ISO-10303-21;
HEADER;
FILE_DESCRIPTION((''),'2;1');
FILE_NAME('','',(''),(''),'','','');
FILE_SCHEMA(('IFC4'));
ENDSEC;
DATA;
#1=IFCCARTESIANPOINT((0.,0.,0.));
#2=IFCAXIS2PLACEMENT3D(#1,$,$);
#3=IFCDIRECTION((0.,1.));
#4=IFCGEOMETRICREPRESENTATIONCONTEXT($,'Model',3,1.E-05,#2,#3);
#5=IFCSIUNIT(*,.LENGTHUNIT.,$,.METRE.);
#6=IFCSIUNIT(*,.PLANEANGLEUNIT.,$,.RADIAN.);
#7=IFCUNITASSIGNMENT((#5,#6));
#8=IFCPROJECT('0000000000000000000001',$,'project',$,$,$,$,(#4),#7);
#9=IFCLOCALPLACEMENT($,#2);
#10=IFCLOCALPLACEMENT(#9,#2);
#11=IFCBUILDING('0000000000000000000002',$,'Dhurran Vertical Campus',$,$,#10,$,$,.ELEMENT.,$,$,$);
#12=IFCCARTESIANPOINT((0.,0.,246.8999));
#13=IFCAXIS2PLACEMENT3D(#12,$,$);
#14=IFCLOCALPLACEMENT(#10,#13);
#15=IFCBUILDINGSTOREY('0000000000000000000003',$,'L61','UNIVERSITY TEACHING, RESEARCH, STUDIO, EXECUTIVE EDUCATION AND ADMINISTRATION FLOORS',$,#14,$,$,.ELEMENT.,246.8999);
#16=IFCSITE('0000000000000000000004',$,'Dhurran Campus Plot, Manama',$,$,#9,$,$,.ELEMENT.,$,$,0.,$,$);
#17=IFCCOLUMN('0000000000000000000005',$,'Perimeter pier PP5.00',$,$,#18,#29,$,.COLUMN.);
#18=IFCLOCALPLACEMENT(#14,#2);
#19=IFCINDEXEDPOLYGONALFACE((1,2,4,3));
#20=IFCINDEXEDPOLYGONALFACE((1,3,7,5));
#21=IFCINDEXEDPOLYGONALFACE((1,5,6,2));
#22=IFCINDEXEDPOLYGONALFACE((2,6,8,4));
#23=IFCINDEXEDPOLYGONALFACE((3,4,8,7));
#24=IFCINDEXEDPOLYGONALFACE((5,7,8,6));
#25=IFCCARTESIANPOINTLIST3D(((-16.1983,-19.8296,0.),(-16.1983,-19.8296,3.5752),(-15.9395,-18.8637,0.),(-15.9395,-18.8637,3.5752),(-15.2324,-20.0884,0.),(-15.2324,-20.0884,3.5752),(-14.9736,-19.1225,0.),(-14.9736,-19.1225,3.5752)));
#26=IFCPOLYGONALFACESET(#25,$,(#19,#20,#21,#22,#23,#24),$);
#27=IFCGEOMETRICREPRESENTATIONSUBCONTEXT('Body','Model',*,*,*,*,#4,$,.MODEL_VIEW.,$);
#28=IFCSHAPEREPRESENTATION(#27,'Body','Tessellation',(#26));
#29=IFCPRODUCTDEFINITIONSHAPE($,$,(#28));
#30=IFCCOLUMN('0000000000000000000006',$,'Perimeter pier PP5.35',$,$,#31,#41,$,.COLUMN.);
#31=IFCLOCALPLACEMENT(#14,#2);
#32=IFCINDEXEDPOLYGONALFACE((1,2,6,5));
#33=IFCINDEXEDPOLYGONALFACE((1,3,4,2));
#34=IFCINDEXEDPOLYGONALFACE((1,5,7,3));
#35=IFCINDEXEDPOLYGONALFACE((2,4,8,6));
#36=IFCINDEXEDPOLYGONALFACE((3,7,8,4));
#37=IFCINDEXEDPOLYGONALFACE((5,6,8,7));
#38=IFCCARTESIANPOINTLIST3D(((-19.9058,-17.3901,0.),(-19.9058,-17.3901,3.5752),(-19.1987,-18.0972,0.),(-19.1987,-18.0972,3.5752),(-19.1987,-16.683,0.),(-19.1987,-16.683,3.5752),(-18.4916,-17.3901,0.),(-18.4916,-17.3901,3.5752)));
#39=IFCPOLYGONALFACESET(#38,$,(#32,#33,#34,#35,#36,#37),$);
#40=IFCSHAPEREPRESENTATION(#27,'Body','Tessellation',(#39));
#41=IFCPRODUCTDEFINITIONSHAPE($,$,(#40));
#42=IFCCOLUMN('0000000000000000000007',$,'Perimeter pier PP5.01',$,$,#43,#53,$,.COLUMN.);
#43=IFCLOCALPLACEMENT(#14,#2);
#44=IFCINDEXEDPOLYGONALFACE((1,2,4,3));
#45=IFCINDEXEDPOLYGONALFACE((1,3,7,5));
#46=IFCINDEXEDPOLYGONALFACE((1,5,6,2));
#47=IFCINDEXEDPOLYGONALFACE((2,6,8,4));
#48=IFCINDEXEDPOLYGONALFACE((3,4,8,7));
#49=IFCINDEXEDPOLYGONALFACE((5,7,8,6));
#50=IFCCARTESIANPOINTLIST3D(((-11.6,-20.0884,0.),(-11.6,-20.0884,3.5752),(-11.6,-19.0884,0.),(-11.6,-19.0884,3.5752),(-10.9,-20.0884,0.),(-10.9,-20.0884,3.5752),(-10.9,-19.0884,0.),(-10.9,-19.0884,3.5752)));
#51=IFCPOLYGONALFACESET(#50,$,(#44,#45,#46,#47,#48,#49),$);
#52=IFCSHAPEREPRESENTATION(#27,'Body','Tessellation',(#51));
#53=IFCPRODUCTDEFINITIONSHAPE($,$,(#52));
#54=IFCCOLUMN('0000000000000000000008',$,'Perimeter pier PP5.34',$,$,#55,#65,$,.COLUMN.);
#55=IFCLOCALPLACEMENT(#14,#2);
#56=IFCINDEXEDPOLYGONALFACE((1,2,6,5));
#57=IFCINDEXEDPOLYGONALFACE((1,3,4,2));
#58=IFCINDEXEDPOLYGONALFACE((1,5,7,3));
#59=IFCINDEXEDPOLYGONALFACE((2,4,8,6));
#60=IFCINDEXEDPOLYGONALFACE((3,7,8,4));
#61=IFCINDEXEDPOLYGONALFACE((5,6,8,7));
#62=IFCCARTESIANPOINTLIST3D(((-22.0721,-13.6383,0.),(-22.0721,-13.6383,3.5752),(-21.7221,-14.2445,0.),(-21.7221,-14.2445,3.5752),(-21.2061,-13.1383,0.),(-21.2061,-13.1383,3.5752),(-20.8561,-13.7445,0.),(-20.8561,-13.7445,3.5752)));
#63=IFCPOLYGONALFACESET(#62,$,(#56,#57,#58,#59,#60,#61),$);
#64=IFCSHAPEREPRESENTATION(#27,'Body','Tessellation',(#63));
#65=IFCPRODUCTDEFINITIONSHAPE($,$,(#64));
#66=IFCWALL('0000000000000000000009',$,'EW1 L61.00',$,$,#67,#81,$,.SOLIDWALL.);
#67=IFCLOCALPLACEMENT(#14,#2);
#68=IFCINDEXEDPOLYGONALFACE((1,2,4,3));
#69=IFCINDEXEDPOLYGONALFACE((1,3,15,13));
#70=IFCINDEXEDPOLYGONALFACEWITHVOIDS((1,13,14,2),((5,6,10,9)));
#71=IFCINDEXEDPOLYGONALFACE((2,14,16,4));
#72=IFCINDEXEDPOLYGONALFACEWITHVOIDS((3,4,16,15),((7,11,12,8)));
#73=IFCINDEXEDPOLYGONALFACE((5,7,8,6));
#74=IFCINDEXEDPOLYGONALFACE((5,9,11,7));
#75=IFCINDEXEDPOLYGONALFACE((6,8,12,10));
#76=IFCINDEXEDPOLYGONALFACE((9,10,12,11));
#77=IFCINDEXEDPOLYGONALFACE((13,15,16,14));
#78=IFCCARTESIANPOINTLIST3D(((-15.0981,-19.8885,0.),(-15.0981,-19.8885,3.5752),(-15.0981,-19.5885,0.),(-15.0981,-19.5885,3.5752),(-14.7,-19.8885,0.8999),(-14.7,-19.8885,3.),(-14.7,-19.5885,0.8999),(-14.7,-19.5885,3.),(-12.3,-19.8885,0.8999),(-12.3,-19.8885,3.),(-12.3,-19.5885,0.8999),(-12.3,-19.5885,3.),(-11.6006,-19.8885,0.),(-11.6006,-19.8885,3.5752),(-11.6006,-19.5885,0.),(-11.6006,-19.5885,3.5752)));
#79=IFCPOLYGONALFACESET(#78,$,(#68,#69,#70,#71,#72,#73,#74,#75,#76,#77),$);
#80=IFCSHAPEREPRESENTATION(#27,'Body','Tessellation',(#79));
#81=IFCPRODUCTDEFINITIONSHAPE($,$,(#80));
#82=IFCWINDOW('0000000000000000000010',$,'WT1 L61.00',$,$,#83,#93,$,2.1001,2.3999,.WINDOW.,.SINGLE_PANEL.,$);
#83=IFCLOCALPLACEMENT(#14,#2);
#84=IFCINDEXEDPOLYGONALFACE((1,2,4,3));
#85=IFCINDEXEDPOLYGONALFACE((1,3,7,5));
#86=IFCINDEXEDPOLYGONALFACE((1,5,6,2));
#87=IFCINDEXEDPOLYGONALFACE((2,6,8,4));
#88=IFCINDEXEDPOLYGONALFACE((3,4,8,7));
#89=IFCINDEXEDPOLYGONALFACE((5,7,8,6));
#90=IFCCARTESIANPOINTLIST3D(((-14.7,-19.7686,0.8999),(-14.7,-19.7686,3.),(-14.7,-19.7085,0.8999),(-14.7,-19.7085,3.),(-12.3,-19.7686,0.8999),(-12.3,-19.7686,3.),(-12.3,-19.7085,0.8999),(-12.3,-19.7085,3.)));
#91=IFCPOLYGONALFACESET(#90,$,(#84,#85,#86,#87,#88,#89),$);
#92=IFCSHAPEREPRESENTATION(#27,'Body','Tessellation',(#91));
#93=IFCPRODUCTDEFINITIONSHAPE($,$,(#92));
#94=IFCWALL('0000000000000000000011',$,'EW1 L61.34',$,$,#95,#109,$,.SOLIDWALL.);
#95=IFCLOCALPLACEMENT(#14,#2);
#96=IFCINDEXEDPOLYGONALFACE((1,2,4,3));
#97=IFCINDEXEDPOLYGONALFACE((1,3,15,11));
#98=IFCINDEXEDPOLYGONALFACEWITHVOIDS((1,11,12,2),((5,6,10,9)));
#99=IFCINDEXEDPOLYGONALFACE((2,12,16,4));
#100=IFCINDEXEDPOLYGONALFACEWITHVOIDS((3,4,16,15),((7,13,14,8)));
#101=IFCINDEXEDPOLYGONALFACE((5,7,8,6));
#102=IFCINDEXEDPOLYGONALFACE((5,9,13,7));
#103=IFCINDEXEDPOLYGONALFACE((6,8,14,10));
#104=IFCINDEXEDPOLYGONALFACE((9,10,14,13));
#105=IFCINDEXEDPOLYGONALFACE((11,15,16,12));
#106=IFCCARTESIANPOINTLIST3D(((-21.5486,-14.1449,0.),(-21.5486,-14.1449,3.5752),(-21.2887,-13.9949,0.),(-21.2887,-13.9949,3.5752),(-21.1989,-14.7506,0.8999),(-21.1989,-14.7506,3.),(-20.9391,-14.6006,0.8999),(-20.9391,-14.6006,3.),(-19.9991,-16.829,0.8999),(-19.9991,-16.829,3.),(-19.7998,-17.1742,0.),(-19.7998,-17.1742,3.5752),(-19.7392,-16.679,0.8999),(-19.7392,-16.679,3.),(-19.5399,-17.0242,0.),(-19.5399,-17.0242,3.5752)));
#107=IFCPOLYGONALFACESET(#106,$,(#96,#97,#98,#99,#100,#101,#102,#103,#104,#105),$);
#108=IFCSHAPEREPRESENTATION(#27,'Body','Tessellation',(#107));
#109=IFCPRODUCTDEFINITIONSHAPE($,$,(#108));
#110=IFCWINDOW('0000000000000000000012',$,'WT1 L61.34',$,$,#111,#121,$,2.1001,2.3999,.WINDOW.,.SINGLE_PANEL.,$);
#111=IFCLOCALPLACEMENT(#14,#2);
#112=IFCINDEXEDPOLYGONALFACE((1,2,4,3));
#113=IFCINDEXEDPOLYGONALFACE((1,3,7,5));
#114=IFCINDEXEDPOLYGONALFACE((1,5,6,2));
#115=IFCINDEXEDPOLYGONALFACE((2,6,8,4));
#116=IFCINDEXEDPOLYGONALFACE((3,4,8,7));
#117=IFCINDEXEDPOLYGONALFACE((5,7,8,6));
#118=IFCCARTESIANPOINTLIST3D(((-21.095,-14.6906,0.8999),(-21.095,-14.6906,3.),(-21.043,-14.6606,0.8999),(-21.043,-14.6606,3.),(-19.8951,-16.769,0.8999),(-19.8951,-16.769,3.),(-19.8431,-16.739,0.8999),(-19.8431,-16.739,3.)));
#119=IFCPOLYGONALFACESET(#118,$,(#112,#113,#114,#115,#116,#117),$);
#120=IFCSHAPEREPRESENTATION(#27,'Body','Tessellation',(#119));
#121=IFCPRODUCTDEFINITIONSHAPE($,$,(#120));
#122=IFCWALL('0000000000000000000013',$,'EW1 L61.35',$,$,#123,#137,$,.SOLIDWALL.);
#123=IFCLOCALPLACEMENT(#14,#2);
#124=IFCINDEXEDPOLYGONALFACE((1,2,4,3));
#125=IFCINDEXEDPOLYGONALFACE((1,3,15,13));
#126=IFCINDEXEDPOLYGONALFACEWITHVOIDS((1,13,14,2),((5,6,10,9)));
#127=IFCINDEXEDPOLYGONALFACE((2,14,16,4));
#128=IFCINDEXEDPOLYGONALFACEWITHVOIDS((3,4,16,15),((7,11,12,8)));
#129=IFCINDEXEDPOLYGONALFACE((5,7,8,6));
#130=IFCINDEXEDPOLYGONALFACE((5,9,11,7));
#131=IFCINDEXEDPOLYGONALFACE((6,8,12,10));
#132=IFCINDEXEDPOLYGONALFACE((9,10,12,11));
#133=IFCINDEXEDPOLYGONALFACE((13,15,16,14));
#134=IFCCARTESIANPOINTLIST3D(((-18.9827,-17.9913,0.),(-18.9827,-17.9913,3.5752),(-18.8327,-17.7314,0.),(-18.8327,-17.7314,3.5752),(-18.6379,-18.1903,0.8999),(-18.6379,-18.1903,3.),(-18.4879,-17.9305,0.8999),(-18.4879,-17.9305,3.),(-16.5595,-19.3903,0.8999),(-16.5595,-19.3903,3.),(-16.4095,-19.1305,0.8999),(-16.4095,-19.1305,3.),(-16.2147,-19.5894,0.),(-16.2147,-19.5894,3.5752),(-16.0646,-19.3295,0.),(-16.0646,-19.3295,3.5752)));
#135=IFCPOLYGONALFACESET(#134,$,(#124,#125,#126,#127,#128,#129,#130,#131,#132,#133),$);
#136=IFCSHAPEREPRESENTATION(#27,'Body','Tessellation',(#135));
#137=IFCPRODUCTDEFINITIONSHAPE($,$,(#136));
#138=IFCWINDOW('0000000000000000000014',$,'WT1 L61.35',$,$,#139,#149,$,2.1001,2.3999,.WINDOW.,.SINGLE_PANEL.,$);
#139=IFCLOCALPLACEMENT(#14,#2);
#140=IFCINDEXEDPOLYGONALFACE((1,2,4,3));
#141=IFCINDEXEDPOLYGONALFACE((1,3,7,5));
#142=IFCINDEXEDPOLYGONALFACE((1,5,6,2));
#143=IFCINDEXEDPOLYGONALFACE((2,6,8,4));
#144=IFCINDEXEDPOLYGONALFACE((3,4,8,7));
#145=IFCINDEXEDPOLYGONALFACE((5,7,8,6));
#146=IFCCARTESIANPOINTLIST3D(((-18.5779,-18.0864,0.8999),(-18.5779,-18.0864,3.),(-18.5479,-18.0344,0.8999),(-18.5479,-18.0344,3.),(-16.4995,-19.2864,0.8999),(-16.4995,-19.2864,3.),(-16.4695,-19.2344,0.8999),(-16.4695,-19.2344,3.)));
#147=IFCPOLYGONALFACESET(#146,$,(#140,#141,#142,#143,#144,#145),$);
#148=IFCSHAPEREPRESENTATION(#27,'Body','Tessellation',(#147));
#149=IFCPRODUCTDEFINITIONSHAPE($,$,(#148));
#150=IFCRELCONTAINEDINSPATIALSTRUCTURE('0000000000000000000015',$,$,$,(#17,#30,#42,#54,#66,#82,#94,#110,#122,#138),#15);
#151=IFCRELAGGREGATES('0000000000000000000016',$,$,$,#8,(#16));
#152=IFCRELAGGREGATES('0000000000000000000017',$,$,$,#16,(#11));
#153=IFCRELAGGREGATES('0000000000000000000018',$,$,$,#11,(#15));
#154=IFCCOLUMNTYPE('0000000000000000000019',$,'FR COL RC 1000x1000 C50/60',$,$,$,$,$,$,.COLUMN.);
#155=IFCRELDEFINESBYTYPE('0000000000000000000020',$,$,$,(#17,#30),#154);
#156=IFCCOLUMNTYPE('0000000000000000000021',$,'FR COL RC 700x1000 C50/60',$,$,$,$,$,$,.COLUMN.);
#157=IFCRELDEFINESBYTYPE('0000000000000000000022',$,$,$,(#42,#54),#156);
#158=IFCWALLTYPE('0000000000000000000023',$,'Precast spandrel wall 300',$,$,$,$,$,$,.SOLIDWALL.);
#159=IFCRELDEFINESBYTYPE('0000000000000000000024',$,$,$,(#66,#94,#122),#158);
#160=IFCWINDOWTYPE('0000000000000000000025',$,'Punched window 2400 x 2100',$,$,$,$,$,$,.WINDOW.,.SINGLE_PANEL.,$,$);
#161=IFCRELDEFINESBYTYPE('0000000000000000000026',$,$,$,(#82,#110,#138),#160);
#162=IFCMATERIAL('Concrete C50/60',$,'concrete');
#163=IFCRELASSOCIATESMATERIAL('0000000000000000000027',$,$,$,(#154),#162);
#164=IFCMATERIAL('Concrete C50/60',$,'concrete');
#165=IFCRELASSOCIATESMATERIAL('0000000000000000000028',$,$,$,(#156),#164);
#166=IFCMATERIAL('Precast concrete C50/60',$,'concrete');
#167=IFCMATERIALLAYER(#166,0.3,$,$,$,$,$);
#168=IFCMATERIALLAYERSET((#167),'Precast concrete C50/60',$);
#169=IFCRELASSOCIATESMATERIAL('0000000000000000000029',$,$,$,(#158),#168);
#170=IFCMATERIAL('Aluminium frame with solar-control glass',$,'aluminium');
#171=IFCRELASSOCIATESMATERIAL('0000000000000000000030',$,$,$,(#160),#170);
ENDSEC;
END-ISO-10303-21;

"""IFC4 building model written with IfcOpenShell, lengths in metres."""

from ifc_helpers import new_model, si_unit, direction, frame, frame_2d, origin, origin_2d, place, context, subcontext, project, spatial, rectangle, extrude, material, layer, layer_set, material_profile, profile_set, type_object, element, fill, save


model = new_model("IFC4")

# Units and contexts
model_context = context("Model", 3, precision=1e-05, world=origin(), true_north=direction((0.0, 1.0)))
body_context = subcontext(model_context, "Body", "Model", "MODEL_VIEW")
ifc_project = project(units=[si_unit("LENGTHUNIT", "METRE"), si_unit("PLANEANGLEUNIT", "RADIAN")], contexts=[model_context])

# Site, building, storey
site_placement = place(None, origin())
site = spatial("IfcSite", under=ifc_project, at=site_placement, Name="Dhurran Campus Plot, Manama", CompositionType="ELEMENT", RefElevation=0.0)
building_placement = place(site_placement, origin())
building = spatial("IfcBuilding", under=site, at=building_placement, Name="Dhurran Vertical Campus", CompositionType="ELEMENT")
storey_placement = place(building_placement, frame((0.0, 0.0, 246.8999)))
storey = spatial("IfcBuildingStorey", under=building, at=storey_placement, Name="L61", Description="UNIVERSITY TEACHING, RESEARCH, STUDIO, EXECUTIVE EDUCATION AND ADMINISTRATION FLOORS", CompositionType="ELEMENT", Elevation=246.8999)

# Columns
ifc_material_1 = material(Name="Concrete C50/60", Category="concrete")
ifc_material_profile_1 = material_profile(ifc_material_1, rectangle(XDim=1.0, YDim=1.0, at=origin_2d()), Name="RC 1000x1000")
ifc_profile_set_1 = profile_set([ifc_material_profile_1], Name="Concrete C50/60")
column_type_1 = type_object("IfcColumnType", Name="FR COL RC 1000x1000 C50/60", PredefinedType="COLUMN", material=ifc_profile_set_1)
for number, where, z_axis, x_axis, name in (
    (1, (-15.5859, -19.4761, 0.0), (0.0, 0.0, 1.0), (0.965926, -0.258819, 0.0), "Perimeter pier PP5.00"),
    (2, (-19.1987, -17.3901, 0.0), (0.0, 0.0, 1.0), (0.707107, -0.707107, 0.0), "Perimeter pier PP5.35"),
):
    element("IfcColumn", number, at=place(storey_placement, frame(where, z_axis=z_axis, x_axis=x_axis)), inside=storey, type_object=column_type_1, Name=name, PredefinedType="COLUMN", context=body_context, shape_type="SweptSolid", body=[
        extrude(rectangle(XDim=1.0, YDim=1.0, at=origin_2d()), origin(), (0.0, 0.0, 1.0), 3.5752),
    ])
ifc_material_2 = material(Name="Concrete C50/60", Category="concrete")
ifc_material_profile_2 = material_profile(ifc_material_2, rectangle(XDim=0.7, YDim=1.0, at=origin_2d()), Name="RC 700x1000")
ifc_profile_set_2 = profile_set([ifc_material_profile_2], Name="Concrete C50/60")
column_type_2 = type_object("IfcColumnType", Name="FR COL RC 700x1000 C50/60", PredefinedType="COLUMN", material=ifc_profile_set_2)
for number, where, z_axis, x_axis, name in (
    (3, (-11.25, -19.5884, 0.0), (0.0, 0.0, 1.0), (1.0, 0.0, 0.0), "Perimeter pier PP5.01"),
    (4, (-21.4641, -13.6914, 0.0), (0.0, 0.0, 1.0), (0.5, -0.866025, 0.0), "Perimeter pier PP5.34"),
):
    element("IfcColumn", number, at=place(storey_placement, frame(where, z_axis=z_axis, x_axis=x_axis)), inside=storey, type_object=column_type_2, Name=name, PredefinedType="COLUMN", context=body_context, shape_type="SweptSolid", body=[
        extrude(rectangle(XDim=0.7, YDim=1.0, at=origin_2d()), origin(), (0.0, 0.0, 1.0), 3.5752),
    ])

# Walls, openings, windows
ifc_material_3 = material(Name="Precast concrete C50/60", Category="concrete")
ifc_layer_1 = layer(ifc_material_3, 0.3)
ifc_layer_set_1 = layer_set([ifc_layer_1], Name="Precast concrete C50/60")
wall_type_1 = type_object("IfcWallType", Name="Precast spandrel wall 300", PredefinedType="SOLIDWALL", material=ifc_layer_set_1)
wall_1_placement = place(storey_placement, frame((-15.0981, -19.7385, 0.0), z_axis=(0.0, 0.0, 1.0), x_axis=(1.0, 0.0, 0.0)))
wall_1 = element("IfcWall", 5, at=wall_1_placement, inside=storey, type_object=wall_type_1, Name="EW1 L61.00", PredefinedType="SOLIDWALL", context=body_context, shape_type="SweptSolid", body=[
    extrude(rectangle(XDim=3.4976, YDim=0.3, at=frame_2d((1.7488, 0.0))), origin(), (0.0, 0.0, 1.0), 3.5752),
])
opening_1_placement = place(wall_1_placement, frame((0.3982, 0.0, 0.8999)))
opening_1 = element("IfcOpeningElement", 6, at=opening_1_placement, cuts=wall_1, PredefinedType="OPENING", context=body_context, shape_type="SweptSolid", body=[
    extrude(rectangle(XDim=2.3999, YDim=2.1001, at=frame_2d((1.2, 1.05))), frame((0.0, 0.1599, 0.0), z_axis=(0.0, -1.0, 0.0), x_axis=(1.0, 0.0, 0.0)), (0.0, 0.0, 1.0), 0.3201),
])
ifc_material_4 = material(Name="Aluminium frame with solar-control glass", Category="aluminium")
window_type = type_object("IfcWindowType", Name="Punched window 2400 x 2100", PartitioningType="SINGLE_PANEL", PredefinedType="WINDOW", material=ifc_material_4)
window_1_placement = place(opening_1_placement, origin())
window_1 = element("IfcWindow", 7, at=window_1_placement, inside=storey, type_object=window_type, Name="WT1 L61.00", OverallHeight=2.1001, OverallWidth=2.3999, PartitioningType="SINGLE_PANEL", PredefinedType="WINDOW", context=body_context, shape_type="SweptSolid", body=[
    extrude(rectangle(XDim=2.3999, YDim=2.1001, at=frame_2d((1.2, 1.05))), frame((0.0, 0.03, 0.0), z_axis=(0.0, -1.0, 0.0), x_axis=(1.0, 0.0, 0.0)), (0.0, 0.0, 1.0), 0.0601),
])
fill(opening_1, window_1)
wall_2_placement = place(storey_placement, frame((-21.4187, -14.0698, 0.0), z_axis=(0.0, 0.0, 1.0), x_axis=(0.49996, -0.866048, 0.0)))
wall_2 = element("IfcWall", 8, at=wall_2_placement, inside=storey, type_object=wall_type_1, Name="EW1 L61.34", PredefinedType="SOLIDWALL", context=body_context, shape_type="SweptSolid", body=[
    extrude(rectangle(XDim=3.4978, YDim=0.3, at=frame_2d((1.749, 0.0))), origin(), (0.0, 0.0, 1.0), 3.5752),
])
opening_2_placement = place(wall_2_placement, frame((0.6995, 0.0, 0.8999)))
opening_2 = element("IfcOpeningElement", 9, at=opening_2_placement, cuts=wall_2, PredefinedType="OPENING", context=body_context, shape_type="SweptSolid", body=[
    extrude(rectangle(XDim=2.3999, YDim=2.1001, at=frame_2d((1.2, 1.05))), frame((0.0, 0.1599, 0.0), z_axis=(0.0, -1.0, 0.0), x_axis=(1.0, 0.0, 0.0)), (0.0, 0.0, 1.0), 0.3201),
])
window_2_placement = place(opening_2_placement, origin())
window_2 = element("IfcWindow", 10, at=window_2_placement, inside=storey, type_object=window_type, Name="WT1 L61.34", OverallHeight=2.1001, OverallWidth=2.3999, PartitioningType="SINGLE_PANEL", PredefinedType="WINDOW", context=body_context, shape_type="SweptSolid", body=[
    extrude(rectangle(XDim=2.3999, YDim=2.1001, at=frame_2d((1.2, 1.05))), frame((0.0, 0.03, 0.0), z_axis=(0.0, -1.0, 0.0), x_axis=(1.0, 0.0, 0.0)), (0.0, 0.0, 1.0), 0.0601),
])
fill(opening_2, window_2)
wall_3_placement = place(storey_placement, frame((-18.9077, -17.8613, 0.0), z_axis=(0.0, 0.0, 1.0), x_axis=(0.866025, -0.5, 0.0)))
wall_3 = element("IfcWall", 11, at=wall_3_placement, inside=storey, type_object=wall_type_1, Name="EW1 L61.35", PredefinedType="SOLIDWALL", context=body_context, shape_type="SweptSolid", body=[
    extrude(rectangle(XDim=3.1963, YDim=0.3, at=frame_2d((1.5981, 0.0))), origin(), (0.0, 0.0, 1.0), 3.5752),
])
opening_3_placement = place(wall_3_placement, frame((0.3982, 0.0, 0.8999)))
opening_3 = element("IfcOpeningElement", 12, at=opening_3_placement, cuts=wall_3, PredefinedType="OPENING", context=body_context, shape_type="SweptSolid", body=[
    extrude(rectangle(XDim=2.3999, YDim=2.1001, at=frame_2d((1.2, 1.05))), frame((0.0, 0.1599, 0.0), z_axis=(0.0, -1.0, 0.0), x_axis=(1.0, 0.0, 0.0)), (0.0, 0.0, 1.0), 0.3201),
])
window_3_placement = place(opening_3_placement, origin())
window_3 = element("IfcWindow", 13, at=window_3_placement, inside=storey, type_object=window_type, Name="WT1 L61.35", OverallHeight=2.1001, OverallWidth=2.3999, PartitioningType="SINGLE_PANEL", PredefinedType="WINDOW", context=body_context, shape_type="SweptSolid", body=[
    extrude(rectangle(XDim=2.3999, YDim=2.1001, at=frame_2d((1.2, 1.05))), frame((0.0, 0.03, 0.0), z_axis=(0.0, -1.0, 0.0), x_axis=(1.0, 0.0, 0.0)), (0.0, 0.0, 1.0), 0.0601),
])
fill(opening_3, window_3)

save(model, "model.ifc")
